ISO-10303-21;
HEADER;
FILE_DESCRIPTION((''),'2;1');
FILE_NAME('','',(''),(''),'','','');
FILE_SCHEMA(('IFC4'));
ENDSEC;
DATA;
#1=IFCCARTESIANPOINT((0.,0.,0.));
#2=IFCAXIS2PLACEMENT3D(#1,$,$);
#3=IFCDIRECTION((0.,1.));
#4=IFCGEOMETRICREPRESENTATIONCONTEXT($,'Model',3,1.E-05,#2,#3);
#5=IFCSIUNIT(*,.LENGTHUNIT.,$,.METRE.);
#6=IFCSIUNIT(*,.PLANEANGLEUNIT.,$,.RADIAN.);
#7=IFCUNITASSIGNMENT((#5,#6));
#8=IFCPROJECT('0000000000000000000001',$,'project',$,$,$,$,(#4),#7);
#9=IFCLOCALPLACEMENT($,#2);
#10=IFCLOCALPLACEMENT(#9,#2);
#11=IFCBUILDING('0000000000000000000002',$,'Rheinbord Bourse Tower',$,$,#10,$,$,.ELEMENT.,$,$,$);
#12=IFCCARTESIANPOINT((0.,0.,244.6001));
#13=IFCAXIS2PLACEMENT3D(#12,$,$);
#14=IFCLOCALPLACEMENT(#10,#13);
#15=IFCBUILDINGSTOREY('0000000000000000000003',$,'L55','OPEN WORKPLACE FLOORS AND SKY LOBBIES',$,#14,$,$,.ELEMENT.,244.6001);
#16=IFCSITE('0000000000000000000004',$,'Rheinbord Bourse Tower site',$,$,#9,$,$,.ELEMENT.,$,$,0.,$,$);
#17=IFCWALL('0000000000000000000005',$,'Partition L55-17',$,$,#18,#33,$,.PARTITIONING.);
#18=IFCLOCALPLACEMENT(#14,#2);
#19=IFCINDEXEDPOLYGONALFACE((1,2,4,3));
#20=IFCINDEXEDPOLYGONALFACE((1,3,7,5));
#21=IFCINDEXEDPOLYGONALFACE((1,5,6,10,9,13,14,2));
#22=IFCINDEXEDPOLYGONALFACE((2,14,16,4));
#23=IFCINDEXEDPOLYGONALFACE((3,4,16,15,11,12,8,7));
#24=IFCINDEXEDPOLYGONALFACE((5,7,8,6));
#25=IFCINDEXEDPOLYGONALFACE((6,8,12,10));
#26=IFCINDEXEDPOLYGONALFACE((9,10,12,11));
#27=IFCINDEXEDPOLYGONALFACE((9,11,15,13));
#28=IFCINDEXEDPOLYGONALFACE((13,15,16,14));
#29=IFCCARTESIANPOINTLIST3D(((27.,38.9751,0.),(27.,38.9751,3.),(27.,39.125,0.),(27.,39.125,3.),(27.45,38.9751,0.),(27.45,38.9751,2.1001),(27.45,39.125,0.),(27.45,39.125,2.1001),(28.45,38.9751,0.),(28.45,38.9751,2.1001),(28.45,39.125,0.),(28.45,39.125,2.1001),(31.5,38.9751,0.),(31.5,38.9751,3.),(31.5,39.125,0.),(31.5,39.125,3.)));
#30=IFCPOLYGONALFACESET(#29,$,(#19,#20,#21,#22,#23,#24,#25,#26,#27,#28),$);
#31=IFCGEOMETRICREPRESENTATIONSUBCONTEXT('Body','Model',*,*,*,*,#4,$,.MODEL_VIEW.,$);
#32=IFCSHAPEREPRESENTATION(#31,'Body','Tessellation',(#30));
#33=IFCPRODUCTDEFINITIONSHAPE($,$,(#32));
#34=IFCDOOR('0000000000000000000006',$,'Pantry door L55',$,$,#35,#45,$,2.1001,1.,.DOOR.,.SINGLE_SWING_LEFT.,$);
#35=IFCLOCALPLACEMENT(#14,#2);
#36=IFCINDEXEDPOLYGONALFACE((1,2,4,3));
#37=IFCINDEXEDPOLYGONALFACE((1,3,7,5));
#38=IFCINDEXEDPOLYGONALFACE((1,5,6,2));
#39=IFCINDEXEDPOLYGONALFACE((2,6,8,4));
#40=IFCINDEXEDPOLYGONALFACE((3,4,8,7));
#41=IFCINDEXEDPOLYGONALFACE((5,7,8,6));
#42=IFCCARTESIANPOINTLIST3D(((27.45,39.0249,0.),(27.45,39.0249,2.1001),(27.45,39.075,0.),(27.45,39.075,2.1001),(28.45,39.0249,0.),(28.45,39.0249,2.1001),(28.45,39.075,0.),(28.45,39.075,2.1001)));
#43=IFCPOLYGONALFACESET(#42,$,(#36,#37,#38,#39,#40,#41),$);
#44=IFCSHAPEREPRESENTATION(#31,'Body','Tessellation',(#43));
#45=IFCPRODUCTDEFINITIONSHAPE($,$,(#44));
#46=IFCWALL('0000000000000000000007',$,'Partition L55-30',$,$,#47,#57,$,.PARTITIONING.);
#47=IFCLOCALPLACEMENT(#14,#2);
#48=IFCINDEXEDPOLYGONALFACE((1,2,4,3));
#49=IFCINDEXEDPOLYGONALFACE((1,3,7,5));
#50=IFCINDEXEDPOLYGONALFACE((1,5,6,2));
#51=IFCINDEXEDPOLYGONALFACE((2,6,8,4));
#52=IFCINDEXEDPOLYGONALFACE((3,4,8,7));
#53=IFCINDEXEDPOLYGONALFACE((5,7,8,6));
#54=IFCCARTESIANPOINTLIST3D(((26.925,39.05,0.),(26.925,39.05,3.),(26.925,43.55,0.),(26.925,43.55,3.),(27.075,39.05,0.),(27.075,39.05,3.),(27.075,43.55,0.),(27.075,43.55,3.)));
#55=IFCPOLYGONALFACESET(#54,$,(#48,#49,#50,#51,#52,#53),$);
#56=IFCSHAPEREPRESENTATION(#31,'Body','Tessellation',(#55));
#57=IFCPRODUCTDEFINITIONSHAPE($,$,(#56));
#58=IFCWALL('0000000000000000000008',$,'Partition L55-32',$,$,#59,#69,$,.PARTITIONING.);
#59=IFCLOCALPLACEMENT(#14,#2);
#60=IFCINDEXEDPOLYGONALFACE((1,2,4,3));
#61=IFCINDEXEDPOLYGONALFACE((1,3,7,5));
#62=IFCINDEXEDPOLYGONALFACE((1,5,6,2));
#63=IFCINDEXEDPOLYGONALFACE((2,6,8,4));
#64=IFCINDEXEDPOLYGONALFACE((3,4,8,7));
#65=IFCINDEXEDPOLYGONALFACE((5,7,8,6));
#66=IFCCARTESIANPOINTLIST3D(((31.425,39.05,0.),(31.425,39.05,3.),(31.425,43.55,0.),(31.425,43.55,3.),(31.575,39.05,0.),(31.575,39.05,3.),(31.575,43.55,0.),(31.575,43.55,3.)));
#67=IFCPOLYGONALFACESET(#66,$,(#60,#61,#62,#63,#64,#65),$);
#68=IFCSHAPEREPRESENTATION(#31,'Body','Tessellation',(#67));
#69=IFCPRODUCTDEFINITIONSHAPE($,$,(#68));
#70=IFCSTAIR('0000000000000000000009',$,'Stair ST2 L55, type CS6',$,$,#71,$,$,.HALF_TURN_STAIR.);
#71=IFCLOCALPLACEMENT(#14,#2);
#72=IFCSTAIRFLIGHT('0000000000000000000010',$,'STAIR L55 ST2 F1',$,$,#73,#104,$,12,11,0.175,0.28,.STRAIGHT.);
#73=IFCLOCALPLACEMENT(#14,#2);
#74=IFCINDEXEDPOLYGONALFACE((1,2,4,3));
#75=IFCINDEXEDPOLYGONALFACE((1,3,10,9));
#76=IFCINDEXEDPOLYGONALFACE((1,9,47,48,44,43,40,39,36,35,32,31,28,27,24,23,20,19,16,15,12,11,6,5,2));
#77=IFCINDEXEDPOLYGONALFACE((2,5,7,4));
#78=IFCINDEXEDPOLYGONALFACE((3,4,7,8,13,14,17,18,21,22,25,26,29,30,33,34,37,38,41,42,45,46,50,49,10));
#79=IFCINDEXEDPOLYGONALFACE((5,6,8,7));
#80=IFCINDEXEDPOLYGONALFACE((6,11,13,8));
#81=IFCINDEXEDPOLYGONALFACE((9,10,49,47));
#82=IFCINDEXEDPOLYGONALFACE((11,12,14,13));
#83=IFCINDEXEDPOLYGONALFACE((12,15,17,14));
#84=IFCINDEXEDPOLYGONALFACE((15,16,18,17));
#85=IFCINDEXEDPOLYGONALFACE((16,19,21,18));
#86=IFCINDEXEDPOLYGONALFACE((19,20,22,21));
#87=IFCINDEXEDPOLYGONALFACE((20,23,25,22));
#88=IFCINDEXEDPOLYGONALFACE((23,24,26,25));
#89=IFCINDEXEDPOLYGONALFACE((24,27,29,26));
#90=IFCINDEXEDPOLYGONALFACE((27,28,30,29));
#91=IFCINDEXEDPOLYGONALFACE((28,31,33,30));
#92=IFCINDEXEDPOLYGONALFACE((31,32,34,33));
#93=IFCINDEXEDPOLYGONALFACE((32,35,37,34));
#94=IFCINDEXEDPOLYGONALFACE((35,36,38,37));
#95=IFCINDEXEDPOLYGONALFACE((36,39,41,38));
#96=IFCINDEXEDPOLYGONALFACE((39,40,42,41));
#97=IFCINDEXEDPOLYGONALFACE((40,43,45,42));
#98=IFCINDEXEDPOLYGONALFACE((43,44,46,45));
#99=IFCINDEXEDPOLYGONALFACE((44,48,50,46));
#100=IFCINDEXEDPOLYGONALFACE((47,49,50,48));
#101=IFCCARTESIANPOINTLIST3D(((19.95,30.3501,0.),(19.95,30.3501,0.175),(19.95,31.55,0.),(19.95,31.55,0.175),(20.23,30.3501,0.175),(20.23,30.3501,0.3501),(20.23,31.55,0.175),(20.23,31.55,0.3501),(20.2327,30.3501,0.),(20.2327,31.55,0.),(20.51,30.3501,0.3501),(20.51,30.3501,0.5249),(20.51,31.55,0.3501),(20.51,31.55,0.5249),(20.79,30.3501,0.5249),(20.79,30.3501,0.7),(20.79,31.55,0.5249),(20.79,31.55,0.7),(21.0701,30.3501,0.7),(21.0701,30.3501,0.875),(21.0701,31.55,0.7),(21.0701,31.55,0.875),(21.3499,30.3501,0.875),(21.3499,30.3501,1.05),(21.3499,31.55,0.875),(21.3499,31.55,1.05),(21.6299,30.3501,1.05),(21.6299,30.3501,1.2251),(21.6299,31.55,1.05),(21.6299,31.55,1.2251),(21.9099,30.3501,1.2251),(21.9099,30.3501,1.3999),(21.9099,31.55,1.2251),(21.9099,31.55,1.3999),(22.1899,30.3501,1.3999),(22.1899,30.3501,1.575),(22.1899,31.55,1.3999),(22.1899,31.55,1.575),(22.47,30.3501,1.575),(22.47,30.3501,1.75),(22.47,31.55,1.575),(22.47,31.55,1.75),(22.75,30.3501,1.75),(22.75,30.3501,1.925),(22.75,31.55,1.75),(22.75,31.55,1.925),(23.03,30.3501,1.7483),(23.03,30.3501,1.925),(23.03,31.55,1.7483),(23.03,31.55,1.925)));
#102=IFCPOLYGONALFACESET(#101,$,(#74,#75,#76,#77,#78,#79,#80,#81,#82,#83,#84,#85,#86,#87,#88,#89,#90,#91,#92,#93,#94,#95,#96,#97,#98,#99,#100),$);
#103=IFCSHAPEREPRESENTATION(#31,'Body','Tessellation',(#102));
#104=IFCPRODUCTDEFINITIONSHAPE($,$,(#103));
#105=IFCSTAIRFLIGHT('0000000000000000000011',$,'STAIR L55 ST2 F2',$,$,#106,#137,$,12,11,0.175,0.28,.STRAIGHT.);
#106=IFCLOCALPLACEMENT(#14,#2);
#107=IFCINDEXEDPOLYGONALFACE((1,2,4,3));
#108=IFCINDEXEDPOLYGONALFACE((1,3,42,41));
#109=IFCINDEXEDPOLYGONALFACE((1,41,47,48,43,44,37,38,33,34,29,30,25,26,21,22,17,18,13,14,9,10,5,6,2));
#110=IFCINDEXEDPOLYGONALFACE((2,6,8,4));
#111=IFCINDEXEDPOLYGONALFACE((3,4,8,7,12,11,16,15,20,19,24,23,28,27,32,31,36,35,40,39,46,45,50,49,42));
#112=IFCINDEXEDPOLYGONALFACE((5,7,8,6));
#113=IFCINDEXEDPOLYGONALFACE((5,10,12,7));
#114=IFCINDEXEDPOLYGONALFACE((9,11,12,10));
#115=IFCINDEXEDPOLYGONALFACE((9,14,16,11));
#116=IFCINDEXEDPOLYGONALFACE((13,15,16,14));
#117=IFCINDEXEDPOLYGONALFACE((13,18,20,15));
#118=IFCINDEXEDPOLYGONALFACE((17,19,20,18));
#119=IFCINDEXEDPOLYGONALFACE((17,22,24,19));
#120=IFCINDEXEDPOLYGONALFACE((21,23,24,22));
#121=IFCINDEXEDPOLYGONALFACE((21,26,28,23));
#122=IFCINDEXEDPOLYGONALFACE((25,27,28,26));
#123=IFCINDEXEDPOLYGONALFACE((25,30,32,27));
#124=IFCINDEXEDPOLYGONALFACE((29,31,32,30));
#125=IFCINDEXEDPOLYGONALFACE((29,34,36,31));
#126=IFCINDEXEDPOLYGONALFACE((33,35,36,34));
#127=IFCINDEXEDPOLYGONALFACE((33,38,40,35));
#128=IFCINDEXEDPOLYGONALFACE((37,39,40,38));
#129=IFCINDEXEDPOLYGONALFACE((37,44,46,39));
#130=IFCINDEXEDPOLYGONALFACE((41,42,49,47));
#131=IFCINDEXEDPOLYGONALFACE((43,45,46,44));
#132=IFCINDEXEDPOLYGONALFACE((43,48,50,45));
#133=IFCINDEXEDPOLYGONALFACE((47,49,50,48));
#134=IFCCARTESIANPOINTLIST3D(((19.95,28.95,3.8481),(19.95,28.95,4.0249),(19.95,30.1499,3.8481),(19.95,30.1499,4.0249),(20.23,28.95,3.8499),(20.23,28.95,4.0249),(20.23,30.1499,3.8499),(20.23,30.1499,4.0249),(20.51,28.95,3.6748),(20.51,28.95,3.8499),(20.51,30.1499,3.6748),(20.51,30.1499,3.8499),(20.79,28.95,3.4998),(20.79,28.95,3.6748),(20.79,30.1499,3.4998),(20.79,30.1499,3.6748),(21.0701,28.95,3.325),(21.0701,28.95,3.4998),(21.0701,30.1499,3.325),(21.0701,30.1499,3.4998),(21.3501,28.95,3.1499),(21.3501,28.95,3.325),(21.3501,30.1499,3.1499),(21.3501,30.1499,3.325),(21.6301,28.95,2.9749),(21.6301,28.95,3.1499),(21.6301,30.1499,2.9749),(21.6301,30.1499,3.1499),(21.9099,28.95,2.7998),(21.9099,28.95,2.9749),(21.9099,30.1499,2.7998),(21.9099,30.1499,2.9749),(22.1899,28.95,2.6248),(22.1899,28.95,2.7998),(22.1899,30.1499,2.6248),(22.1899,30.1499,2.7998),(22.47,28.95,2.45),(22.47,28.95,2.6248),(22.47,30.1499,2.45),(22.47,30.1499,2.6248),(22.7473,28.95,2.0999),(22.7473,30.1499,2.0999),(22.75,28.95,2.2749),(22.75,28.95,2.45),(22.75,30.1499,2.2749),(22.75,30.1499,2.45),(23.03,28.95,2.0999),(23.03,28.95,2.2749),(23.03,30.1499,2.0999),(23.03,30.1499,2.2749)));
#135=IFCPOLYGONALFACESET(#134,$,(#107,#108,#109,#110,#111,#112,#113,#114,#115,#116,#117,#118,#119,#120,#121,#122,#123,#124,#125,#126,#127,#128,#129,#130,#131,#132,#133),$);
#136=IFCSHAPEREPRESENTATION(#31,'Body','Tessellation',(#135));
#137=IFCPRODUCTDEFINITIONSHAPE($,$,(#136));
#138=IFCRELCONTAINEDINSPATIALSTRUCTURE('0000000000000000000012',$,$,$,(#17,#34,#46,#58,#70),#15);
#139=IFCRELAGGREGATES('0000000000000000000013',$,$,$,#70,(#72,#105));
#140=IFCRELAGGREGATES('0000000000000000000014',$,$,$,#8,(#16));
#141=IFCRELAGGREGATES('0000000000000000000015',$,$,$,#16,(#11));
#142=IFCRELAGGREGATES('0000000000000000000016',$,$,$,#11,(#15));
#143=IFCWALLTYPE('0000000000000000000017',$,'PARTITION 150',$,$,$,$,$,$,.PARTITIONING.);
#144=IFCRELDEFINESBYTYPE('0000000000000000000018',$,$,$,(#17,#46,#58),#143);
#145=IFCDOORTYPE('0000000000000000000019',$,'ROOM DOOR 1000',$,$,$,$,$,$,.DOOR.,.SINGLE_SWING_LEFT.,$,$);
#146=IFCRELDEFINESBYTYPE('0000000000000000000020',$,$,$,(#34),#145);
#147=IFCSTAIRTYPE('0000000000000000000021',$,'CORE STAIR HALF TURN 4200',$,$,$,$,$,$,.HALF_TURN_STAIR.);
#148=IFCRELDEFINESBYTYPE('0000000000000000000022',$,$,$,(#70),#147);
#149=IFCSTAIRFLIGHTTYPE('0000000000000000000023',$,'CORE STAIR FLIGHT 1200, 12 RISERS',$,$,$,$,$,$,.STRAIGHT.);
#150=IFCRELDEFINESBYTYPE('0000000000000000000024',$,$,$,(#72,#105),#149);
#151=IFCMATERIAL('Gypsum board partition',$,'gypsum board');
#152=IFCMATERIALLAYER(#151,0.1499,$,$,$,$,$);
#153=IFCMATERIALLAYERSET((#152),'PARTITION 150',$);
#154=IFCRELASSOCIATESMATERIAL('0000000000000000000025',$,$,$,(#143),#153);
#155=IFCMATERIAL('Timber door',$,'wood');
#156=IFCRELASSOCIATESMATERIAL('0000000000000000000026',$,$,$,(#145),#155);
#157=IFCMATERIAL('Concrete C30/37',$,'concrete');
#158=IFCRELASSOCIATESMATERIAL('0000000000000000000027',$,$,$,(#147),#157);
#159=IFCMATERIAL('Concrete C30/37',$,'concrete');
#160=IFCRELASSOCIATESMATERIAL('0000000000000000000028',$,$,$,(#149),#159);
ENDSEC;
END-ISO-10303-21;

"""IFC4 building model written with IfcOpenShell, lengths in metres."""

from ifc_helpers import new_model, si_unit, direction, frame, frame_2d, origin, place, context, subcontext, project, spatial, polyline, rectangle, outline, extrude, material, layer, layer_set, type_object, element, fill, aggregate, save


model = new_model("IFC4")

# Units and contexts
model_context = context("Model", 3, precision=1e-05, world=origin(), true_north=direction((0.0, 1.0)))
body_context = subcontext(model_context, "Body", "Model", "MODEL_VIEW")
ifc_project = project(units=[si_unit("LENGTHUNIT", "METRE"), si_unit("PLANEANGLEUNIT", "RADIAN")], contexts=[model_context])

# Site, building, storey
site_placement = place(None, origin())
site = spatial("IfcSite", under=ifc_project, at=site_placement, Name="Rheinbord Bourse Tower site", CompositionType="ELEMENT", RefElevation=0.0)
building_placement = place(site_placement, origin())
building = spatial("IfcBuilding", under=site, at=building_placement, Name="Rheinbord Bourse Tower", CompositionType="ELEMENT")
storey_placement = place(building_placement, frame((0.0, 0.0, 244.6001)))
storey = spatial("IfcBuildingStorey", under=building, at=storey_placement, Name="L55", Description="OPEN WORKPLACE FLOORS AND SKY LOBBIES", CompositionType="ELEMENT", Elevation=244.6001)

# Wall, opening, door
ifc_material_1 = material(Name="Gypsum board partition", Category="gypsum board")
ifc_layer_1 = layer(ifc_material_1, 0.1499)
ifc_layer_set_1 = layer_set([ifc_layer_1], Name="PARTITION 150")
wall_type_1 = type_object("IfcWallType", Name="PARTITION 150", PredefinedType="PARTITIONING", material=ifc_layer_set_1)
wall_1_placement = place(storey_placement, frame((27.0, 39.05, 0.0), z_axis=(0.0, 0.0, 1.0), x_axis=(1.0, 0.0, 0.0)))
wall_1 = element("IfcWall", 1, at=wall_1_placement, inside=storey, type_object=wall_type_1, Name="Partition L55-17", PredefinedType="PARTITIONING", context=body_context, shape_type="SweptSolid", body=[
    extrude(rectangle(XDim=4.5, YDim=0.1499, at=frame_2d((2.25, 0.0))), origin(), (0.0, 0.0, 1.0), 3.0),
])
opening_1_placement = place(wall_1_placement, frame((0.45, 0.0, 0.0)))
opening_1 = element("IfcOpeningElement", 2, at=opening_1_placement, cuts=wall_1, PredefinedType="OPENING", context=body_context, shape_type="SweptSolid", body=[
    extrude(rectangle(XDim=1.0, YDim=2.1001, at=frame_2d((0.5, 1.05))), frame((0.0, 0.085, 0.0), z_axis=(0.0, -1.0, 0.0), x_axis=(1.0, 0.0, 0.0)), (0.0, 0.0, 1.0), 0.1699),
])
ifc_material_2 = material(Name="Timber door", Category="wood")
door_type_1 = type_object("IfcDoorType", Name="ROOM DOOR 1000", OperationType="SINGLE_SWING_LEFT", PredefinedType="DOOR", material=ifc_material_2)
door_1_placement = place(opening_1_placement, origin())
door_1 = element("IfcDoor", 3, at=door_1_placement, inside=storey, type_object=door_type_1, Name="Pantry door L55", OperationType="SINGLE_SWING_LEFT", OverallHeight=2.1001, OverallWidth=1.0, PredefinedType="DOOR", context=body_context, shape_type="SweptSolid", body=[
    extrude(rectangle(XDim=1.0, YDim=2.1001, at=frame_2d((0.5, 1.05))), frame((0.0, 0.0249, 0.0), z_axis=(0.0, -1.0, 0.0), x_axis=(1.0, 0.0, 0.0)), (0.0, 0.0, 1.0), 0.05),
])
fill(opening_1, door_1)

# Walls
for number, where, z_axis, x_axis, name in (
    (4, (27.0, 39.05, 0.0), (0.0, 0.0, 1.0), (0.0, 1.0, 0.0), "Partition L55-30"),
    (5, (31.5, 39.05, 0.0), (0.0, 0.0, 1.0), (0.0, 1.0, 0.0), "Partition L55-32"),
):
    element("IfcWall", number, at=place(storey_placement, frame(where, z_axis=z_axis, x_axis=x_axis)), inside=storey, type_object=wall_type_1, Name=name, PredefinedType="PARTITIONING", context=body_context, shape_type="SweptSolid", body=[
        extrude(rectangle(XDim=4.5, YDim=0.1499, at=frame_2d((2.25, 0.0))), origin(), (0.0, 0.0, 1.0), 3.0),
    ])

# Stair, stair flights
ifc_material_3 = material(Name="Concrete C30/37", Category="concrete")
stair_type = type_object("IfcStairType", Name="CORE STAIR HALF TURN 4200", PredefinedType="HALF_TURN_STAIR", material=ifc_material_3)
stair_placement = place(storey_placement, origin())
stair = element("IfcStair", 6, at=stair_placement, inside=storey, type_object=stair_type, Name="Stair ST2 L55, type CS6", PredefinedType="HALF_TURN_STAIR")
ifc_material_4 = material(Name="Concrete C30/37", Category="concrete")
stair_flight_type = type_object("IfcStairFlightType", Name="CORE STAIR FLIGHT 1200, 12 RISERS", PredefinedType="STRAIGHT", material=ifc_material_4)
stair_flight_1_placement = place(storey_placement, frame((19.95, 30.95, 0.0), z_axis=(0.0, 0.0, 1.0), x_axis=(1.0, 0.0, 0.0)))
stair_flight_1 = element("IfcStairFlight", 7, at=stair_flight_1_placement, type_object=stair_flight_type, Name="STAIR L55 ST2 F1", NumberOfRisers=12, NumberOfTreads=11, PredefinedType="STRAIGHT", RiserHeight=0.175, TreadLength=0.28, context=body_context, shape_type="SweptSolid", body=[
    extrude(outline(polyline([(0.0, 0.0), (0.0, 0.175), (0.28, 0.175), (0.28, 0.3501), (0.5601, 0.3501), (0.5601, 0.5249), (0.8401, 0.5249), (0.8401, 0.7), (1.1201, 0.7), (1.1201, 0.875), (1.3999, 0.875), (1.3999, 1.05), (1.6799, 1.05), (1.6799, 1.2251), (1.96, 1.2251), (1.96, 1.3999), (2.24, 1.3999), (2.24, 1.575), (2.52, 1.575), (2.52, 1.75), (2.8, 1.75), (2.8, 1.925), (3.0801, 1.925), (3.0801, 2.1001), (3.0801, 1.7483), (0.2827, 0.0), (0.0, 0.0)])), frame((0.0, 0.6001, 0.0), z_axis=(0.0, -1.0, 0.0), x_axis=(1.0, 0.0, 0.0)), (0.0, 0.0, 1.0), 1.2),
])
stair_flight_2_placement = place(storey_placement, frame((23.03, 29.55, 2.0999), z_axis=(0.0, 0.0, 1.0), x_axis=(-1.0, 0.0, 0.0)))
stair_flight_2 = element("IfcStairFlight", 8, at=stair_flight_2_placement, type_object=stair_flight_type, Name="STAIR L55 ST2 F2", NumberOfRisers=12, NumberOfTreads=11, PredefinedType="STRAIGHT", RiserHeight=0.175, TreadLength=0.28, context=body_context, shape_type="SweptSolid", body=[
    extrude(outline(polyline([(0.0, 0.0), (0.0, 0.175), (0.28, 0.175), (0.28, 0.3501), (0.5601, 0.3501), (0.5601, 0.5249), (0.8401, 0.5249), (0.8401, 0.7), (1.1201, 0.7), (1.1201, 0.875), (1.3999, 0.875), (1.3999, 1.05), (1.6799, 1.05), (1.6799, 1.2251), (1.96, 1.2251), (1.96, 1.3999), (2.24, 1.3999), (2.24, 1.575), (2.52, 1.575), (2.52, 1.75), (2.8, 1.75), (2.8, 1.925), (3.0801, 1.925), (3.0801, 2.1001), (3.0801, 1.7483), (0.2827, 0.0), (0.0, 0.0)])), frame((0.0, 0.6001, 0.0), z_axis=(0.0, -1.0, 0.0), x_axis=(1.0, 0.0, 0.0)), (0.0, 0.0, 1.0), 1.2),
])
aggregate(stair, [stair_flight_1, stair_flight_2])

save(model, "model.ifc")
